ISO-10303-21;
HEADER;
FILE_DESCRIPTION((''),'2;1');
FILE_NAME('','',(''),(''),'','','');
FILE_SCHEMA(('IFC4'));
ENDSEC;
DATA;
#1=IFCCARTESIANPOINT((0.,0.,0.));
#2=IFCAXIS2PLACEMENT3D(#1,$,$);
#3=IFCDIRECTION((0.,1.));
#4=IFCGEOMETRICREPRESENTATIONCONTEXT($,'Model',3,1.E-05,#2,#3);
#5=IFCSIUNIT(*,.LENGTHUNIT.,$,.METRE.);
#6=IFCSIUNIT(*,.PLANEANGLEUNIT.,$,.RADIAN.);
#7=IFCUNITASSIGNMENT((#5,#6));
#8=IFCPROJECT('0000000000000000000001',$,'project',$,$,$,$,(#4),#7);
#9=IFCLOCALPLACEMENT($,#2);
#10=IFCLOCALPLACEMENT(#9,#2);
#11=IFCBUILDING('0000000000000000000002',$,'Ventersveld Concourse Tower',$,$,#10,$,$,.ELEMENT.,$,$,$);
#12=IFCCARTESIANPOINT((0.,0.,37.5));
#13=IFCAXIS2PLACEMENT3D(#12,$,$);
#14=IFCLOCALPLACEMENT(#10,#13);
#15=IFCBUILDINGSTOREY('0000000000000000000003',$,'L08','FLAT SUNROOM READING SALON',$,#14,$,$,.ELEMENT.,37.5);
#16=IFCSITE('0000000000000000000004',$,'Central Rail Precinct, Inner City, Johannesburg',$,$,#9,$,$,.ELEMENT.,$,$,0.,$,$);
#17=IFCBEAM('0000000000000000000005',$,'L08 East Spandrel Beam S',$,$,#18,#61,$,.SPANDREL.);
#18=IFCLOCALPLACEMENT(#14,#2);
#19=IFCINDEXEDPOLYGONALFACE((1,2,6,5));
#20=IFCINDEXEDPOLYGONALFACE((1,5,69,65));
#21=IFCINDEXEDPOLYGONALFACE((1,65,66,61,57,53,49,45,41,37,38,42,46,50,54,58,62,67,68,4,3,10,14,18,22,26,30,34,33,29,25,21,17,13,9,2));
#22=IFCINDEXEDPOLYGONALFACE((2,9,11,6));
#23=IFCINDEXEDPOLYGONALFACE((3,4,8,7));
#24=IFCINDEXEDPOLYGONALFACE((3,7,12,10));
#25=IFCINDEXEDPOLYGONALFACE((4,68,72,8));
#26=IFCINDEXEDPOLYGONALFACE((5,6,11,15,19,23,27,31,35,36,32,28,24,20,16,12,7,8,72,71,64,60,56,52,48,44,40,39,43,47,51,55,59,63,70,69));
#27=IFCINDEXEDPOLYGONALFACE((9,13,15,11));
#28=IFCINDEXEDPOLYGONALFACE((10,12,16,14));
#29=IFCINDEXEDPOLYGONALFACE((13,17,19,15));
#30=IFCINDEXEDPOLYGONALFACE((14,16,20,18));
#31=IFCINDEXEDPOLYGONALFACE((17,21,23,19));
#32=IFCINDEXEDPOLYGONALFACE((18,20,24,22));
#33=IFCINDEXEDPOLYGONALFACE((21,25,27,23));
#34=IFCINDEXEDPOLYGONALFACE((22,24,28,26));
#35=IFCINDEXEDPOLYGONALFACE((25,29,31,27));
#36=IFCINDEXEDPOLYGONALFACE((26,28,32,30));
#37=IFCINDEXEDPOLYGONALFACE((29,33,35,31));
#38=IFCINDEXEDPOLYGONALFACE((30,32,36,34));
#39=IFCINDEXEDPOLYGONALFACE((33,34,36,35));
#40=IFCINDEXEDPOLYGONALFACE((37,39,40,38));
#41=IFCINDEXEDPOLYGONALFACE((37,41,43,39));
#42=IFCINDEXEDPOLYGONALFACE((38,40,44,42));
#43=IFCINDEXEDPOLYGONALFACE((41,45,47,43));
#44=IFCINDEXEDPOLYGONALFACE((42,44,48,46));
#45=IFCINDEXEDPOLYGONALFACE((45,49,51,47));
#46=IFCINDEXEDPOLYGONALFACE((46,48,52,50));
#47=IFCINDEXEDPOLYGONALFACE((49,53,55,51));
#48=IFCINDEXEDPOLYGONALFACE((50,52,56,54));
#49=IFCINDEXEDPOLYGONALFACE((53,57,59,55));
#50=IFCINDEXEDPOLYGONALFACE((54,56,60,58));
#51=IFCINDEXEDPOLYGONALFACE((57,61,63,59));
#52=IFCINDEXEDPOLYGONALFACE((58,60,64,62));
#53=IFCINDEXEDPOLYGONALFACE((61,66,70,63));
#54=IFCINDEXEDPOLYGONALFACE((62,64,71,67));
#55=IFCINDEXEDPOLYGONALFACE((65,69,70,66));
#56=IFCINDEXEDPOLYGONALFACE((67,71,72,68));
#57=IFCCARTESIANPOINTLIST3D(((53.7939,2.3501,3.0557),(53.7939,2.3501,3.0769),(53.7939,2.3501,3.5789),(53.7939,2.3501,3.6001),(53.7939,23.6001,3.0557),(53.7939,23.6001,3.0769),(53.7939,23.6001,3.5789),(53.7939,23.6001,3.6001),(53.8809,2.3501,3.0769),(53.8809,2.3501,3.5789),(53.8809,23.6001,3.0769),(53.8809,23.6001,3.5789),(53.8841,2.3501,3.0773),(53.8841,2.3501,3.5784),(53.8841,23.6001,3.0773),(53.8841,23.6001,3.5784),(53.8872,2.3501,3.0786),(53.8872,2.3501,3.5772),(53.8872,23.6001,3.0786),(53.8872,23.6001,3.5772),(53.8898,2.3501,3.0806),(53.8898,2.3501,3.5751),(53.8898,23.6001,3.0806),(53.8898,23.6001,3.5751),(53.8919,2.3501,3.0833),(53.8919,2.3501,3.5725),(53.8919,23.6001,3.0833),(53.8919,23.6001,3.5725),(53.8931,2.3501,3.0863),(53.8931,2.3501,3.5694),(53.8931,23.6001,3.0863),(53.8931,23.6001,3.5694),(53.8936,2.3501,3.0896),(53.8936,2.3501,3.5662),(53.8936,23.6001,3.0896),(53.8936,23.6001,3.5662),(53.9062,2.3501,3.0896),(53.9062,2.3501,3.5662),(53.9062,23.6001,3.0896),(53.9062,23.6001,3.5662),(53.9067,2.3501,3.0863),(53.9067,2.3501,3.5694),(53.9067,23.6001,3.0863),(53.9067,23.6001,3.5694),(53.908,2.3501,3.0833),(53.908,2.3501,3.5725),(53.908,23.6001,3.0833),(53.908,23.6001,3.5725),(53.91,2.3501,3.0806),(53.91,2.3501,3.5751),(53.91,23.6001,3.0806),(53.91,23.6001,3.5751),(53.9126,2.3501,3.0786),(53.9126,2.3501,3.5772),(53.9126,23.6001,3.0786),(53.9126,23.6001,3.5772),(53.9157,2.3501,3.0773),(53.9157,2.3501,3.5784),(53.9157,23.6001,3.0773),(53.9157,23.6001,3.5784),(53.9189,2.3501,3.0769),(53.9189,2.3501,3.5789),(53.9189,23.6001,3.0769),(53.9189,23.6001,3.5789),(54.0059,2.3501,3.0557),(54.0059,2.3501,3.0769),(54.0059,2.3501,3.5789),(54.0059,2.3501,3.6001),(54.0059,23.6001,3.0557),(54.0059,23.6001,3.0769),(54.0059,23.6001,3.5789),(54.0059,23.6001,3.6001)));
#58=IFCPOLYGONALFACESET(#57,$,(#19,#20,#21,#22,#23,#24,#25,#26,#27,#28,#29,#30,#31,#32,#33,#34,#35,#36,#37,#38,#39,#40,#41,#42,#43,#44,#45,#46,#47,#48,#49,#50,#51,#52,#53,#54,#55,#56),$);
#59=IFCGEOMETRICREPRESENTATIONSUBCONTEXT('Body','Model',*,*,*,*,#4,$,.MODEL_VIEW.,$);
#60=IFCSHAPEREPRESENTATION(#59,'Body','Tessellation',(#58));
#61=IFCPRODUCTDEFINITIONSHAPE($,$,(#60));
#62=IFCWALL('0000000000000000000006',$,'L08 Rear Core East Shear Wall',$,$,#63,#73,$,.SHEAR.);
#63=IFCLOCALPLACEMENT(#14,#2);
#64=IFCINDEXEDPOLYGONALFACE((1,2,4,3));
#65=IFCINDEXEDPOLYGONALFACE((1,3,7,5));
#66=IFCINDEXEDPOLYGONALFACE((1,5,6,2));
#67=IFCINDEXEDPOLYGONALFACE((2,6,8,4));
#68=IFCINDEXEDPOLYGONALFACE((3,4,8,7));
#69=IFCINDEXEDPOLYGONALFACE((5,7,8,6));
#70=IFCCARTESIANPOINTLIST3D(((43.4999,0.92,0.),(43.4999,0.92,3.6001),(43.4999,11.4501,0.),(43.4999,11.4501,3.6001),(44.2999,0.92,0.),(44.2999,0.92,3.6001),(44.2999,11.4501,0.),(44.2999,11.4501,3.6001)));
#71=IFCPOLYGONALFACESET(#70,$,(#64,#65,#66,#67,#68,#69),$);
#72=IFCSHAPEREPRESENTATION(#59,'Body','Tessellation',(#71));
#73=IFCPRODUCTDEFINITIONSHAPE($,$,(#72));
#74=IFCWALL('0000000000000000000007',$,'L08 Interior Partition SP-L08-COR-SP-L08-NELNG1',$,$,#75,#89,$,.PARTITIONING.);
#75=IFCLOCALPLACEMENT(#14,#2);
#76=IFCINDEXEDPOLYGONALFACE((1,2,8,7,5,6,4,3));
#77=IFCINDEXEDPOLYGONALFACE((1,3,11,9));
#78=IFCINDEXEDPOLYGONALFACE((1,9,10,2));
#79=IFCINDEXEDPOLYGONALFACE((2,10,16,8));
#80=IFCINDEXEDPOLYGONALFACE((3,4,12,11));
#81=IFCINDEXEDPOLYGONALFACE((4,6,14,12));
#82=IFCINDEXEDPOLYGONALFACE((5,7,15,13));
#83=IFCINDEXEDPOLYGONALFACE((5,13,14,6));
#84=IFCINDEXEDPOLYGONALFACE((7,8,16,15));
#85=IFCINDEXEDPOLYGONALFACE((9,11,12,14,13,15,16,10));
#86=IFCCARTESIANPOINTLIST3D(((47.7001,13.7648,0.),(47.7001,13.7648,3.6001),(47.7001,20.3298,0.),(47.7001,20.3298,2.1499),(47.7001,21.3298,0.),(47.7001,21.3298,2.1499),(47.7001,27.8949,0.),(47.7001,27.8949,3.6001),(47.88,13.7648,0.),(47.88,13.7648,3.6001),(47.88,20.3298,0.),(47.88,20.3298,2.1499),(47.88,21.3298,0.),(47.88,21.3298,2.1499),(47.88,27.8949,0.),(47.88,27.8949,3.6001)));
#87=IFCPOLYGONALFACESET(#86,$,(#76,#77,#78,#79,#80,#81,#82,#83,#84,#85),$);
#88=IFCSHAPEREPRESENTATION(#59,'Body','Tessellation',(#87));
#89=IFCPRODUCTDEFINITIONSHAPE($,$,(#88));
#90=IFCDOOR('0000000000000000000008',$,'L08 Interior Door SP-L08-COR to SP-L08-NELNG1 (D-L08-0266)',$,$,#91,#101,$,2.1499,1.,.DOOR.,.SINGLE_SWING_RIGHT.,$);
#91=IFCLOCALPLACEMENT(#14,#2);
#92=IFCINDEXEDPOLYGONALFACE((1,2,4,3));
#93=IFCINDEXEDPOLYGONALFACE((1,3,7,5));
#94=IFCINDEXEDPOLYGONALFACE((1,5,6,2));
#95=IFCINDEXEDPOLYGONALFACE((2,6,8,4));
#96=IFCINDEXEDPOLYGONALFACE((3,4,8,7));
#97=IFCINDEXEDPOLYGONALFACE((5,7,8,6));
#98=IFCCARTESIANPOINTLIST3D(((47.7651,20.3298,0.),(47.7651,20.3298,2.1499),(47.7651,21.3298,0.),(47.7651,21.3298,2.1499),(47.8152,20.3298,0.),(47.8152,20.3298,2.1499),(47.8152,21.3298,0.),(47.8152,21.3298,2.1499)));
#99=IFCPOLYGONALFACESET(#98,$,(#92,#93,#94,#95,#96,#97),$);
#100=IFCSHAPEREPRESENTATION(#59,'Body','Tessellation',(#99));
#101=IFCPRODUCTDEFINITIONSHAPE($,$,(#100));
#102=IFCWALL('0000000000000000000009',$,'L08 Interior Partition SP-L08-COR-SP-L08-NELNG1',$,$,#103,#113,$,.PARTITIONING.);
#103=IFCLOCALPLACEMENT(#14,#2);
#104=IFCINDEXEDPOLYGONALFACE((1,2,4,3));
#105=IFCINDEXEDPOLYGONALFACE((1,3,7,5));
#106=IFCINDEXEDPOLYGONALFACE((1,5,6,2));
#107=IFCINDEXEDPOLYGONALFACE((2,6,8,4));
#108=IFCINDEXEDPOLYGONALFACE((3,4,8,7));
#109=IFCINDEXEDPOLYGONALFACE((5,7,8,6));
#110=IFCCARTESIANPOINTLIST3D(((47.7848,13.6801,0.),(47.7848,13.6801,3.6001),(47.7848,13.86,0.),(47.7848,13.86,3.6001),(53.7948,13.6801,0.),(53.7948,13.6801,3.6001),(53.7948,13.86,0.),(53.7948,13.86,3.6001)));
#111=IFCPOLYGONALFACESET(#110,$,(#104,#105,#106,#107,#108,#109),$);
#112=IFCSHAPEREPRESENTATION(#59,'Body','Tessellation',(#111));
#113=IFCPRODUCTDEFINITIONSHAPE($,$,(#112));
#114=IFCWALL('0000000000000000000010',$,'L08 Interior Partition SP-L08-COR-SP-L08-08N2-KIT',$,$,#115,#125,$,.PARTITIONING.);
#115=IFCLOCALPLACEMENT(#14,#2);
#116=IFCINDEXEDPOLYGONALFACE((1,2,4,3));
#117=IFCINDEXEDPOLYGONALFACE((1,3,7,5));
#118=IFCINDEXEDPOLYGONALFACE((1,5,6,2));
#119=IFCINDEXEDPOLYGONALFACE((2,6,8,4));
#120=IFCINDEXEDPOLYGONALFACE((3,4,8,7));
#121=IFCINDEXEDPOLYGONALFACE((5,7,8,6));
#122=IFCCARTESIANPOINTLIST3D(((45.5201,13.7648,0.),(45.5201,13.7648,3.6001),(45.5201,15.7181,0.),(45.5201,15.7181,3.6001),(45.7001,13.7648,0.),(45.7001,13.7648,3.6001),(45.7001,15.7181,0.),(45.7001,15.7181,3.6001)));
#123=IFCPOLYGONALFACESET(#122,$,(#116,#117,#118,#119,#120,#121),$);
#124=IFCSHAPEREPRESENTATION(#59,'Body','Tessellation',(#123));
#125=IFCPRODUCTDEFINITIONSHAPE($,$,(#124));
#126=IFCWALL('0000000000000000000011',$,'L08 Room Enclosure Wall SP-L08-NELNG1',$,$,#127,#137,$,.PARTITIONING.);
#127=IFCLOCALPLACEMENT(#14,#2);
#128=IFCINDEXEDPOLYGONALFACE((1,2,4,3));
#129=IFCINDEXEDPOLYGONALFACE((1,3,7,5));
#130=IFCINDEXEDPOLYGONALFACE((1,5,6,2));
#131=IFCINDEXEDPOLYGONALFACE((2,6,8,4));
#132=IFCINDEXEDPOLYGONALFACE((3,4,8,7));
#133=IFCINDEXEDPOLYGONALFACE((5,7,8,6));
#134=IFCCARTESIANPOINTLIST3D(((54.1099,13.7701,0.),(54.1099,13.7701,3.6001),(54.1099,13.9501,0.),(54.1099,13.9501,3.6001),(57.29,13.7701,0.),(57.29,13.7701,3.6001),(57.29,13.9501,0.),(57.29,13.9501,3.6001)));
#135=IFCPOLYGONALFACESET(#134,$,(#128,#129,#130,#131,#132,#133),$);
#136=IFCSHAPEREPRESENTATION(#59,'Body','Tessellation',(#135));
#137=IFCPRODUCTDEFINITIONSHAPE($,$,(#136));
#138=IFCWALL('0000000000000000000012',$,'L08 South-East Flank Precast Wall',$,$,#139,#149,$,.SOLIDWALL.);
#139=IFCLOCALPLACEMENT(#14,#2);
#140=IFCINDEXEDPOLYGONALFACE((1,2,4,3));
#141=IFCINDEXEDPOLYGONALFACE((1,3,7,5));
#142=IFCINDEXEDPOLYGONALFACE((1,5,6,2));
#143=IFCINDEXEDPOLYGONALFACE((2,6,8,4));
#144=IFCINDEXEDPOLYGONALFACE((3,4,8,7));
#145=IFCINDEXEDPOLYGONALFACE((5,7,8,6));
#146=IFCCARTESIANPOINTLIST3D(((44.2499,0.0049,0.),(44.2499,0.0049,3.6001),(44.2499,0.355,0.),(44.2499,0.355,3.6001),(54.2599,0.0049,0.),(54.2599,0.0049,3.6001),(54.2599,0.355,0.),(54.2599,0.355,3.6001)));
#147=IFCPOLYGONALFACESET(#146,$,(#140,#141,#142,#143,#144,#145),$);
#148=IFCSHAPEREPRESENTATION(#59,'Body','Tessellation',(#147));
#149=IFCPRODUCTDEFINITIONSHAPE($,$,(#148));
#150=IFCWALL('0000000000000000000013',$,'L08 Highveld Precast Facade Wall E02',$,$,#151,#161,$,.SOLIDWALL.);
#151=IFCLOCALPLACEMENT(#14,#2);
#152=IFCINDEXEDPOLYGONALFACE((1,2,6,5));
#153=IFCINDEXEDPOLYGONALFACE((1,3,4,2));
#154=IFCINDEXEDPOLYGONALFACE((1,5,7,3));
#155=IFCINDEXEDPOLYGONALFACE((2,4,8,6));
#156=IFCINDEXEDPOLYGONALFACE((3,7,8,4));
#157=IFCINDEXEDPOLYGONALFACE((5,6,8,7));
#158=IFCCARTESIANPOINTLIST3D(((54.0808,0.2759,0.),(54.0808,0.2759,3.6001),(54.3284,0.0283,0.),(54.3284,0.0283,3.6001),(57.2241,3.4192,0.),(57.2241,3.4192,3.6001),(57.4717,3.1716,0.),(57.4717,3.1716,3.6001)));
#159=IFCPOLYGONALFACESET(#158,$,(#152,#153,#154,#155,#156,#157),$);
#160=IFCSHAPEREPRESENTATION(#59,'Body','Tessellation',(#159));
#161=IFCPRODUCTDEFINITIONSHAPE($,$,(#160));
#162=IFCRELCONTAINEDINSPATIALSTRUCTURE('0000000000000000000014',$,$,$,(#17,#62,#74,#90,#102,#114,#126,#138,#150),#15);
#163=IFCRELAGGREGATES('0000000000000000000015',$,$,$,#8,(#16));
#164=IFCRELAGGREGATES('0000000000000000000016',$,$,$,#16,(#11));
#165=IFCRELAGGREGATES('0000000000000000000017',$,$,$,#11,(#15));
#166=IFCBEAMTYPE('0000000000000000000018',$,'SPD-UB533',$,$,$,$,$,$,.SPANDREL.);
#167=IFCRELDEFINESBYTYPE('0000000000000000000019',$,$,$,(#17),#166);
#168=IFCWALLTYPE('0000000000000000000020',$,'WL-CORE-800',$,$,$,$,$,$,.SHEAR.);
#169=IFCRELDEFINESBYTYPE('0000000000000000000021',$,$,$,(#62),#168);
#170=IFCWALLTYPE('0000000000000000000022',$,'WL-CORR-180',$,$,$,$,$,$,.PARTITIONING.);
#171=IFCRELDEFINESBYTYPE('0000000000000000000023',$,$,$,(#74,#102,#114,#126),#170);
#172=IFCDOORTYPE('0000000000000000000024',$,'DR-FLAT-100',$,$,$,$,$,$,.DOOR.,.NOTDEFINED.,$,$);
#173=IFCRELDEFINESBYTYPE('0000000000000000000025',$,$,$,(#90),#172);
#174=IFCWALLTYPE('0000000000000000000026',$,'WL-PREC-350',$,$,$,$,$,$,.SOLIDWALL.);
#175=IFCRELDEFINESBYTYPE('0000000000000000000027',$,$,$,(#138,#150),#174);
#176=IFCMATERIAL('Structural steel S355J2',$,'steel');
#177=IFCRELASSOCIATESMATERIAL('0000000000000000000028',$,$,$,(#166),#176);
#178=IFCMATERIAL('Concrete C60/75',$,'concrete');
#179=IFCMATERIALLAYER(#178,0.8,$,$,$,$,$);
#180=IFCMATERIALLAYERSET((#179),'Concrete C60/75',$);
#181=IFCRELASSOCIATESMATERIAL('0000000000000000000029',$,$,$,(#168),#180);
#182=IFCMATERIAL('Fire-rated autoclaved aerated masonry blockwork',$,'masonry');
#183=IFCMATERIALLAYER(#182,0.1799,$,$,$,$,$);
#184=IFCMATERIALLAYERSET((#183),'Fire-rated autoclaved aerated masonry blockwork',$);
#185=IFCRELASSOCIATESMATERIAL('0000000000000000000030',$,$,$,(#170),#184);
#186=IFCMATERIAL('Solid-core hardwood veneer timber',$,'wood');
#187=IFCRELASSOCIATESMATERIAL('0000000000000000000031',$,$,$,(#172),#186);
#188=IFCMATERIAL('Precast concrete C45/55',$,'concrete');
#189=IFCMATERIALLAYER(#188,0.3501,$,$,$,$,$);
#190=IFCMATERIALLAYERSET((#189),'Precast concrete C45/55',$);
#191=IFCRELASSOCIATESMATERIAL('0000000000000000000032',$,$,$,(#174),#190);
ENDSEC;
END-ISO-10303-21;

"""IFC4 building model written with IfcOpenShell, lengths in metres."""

from ifc_helpers import new_model, si_unit, direction, frame, frame_2d, origin, origin_2d, place, context, subcontext, project, spatial, rectangle, i_section, extrude, material, layer, layer_set, material_profile, profile_set, type_object, element, fill, save


model = new_model("IFC4")

# Units and contexts
model_context = context("Model", 3, precision=1e-05, world=origin(), true_north=direction((0.0, 1.0)))
body_context = subcontext(model_context, "Body", "Model", "MODEL_VIEW")
ifc_project = project(units=[si_unit("LENGTHUNIT", "METRE"), si_unit("PLANEANGLEUNIT", "RADIAN")], contexts=[model_context])

# Site, building, storey
site_placement = place(None, origin())
site = spatial("IfcSite", under=ifc_project, at=site_placement, Name="Central Rail Precinct, Inner City, Johannesburg", CompositionType="ELEMENT", RefElevation=0.0)
building_placement = place(site_placement, origin())
building = spatial("IfcBuilding", under=site, at=building_placement, Name="Ventersveld Concourse Tower", CompositionType="ELEMENT")
storey_placement = place(building_placement, frame((0.0, 0.0, 37.5)))
storey = spatial("IfcBuildingStorey", under=building, at=storey_placement, Name="L08", Description="FLAT SUNROOM READING SALON", CompositionType="ELEMENT", Elevation=37.5)

# Shared definitions
ifc_material_1 = material(Name="Structural steel S355J2", Category="steel")

# Beam
ifc_material_profile_1 = material_profile(ifc_material_1, i_section(OverallWidth=0.2119, OverallDepth=0.5444, WebThickness=0.0127, FlangeThickness=0.0212, FilletRadius=0.0127, at=origin_2d()), Name="UB 533x210x122")
ifc_profile_set_1 = profile_set([ifc_material_profile_1], Name="Structural steel S355J2")
beam_type_1 = type_object("IfcBeamType", Name="SPD-UB533", PredefinedType="SPANDREL", material=ifc_profile_set_1)
beam_1_placement = place(storey_placement, frame((53.8999, 2.3501, 3.3279), z_axis=(0.0, 1.0, 0.0), x_axis=(-1.0, 0.0, 0.0)))
element("IfcBeam", 1, at=beam_1_placement, inside=storey, type_object=beam_type_1, Name="L08 East Spandrel Beam S", PredefinedType="SPANDREL", context=body_context, shape_type="SweptSolid", body=[
    extrude(i_section(OverallWidth=0.2119, OverallDepth=0.5444, WebThickness=0.0127, FlangeThickness=0.0212, FilletRadius=0.0127, at=origin_2d()), origin(), (0.0, 0.0, 1.0), 21.25),
])

# Wall
ifc_material_2 = material(Name="Concrete C60/75", Category="concrete")
ifc_layer_1 = layer(ifc_material_2, 0.8)
ifc_layer_set_1 = layer_set([ifc_layer_1], Name="Concrete C60/75")
wall_type_1 = type_object("IfcWallType", Name="WL-CORE-800", PredefinedType="SHEAR", material=ifc_layer_set_1)
wall_1_placement = place(storey_placement, frame((43.8999, 0.9199, 0.0), z_axis=(0.0, 0.0, 1.0), x_axis=(0.0, 1.0, 0.0)))
element("IfcWall", 2, at=wall_1_placement, inside=storey, type_object=wall_type_1, Name="L08 Rear Core East Shear Wall", PredefinedType="SHEAR", context=body_context, shape_type="SweptSolid", body=[
    extrude(rectangle(XDim=10.53, YDim=0.8, at=frame_2d((5.2651, 0.0))), origin(), (0.0, 0.0, 1.0), 3.6001),
])

# Wall, opening, door
ifc_material_3 = material(Name="Fire-rated autoclaved aerated masonry blockwork", Category="masonry")
ifc_layer_2 = layer(ifc_material_3, 0.1799)
ifc_layer_set_2 = layer_set([ifc_layer_2], Name="Fire-rated autoclaved aerated masonry blockwork")
wall_type_2 = type_object("IfcWallType", Name="WL-CORR-180", PredefinedType="PARTITIONING", material=ifc_layer_set_2)
wall_2_placement = place(storey_placement, frame((47.79, 13.7649, 0.0), z_axis=(0.0, 0.0, 1.0), x_axis=(0.0, 1.0, 0.0)))
wall_2 = element("IfcWall", 3, at=wall_2_placement, inside=storey, type_object=wall_type_2, Name="L08 Interior Partition SP-L08-COR-SP-L08-NELNG1", PredefinedType="PARTITIONING", context=body_context, shape_type="SweptSolid", body=[
    extrude(rectangle(XDim=14.1301, YDim=0.1799, at=frame_2d((7.0649, 0.0))), origin(), (0.0, 0.0, 1.0), 3.6001),
])
opening_1_placement = place(wall_2_placement, frame((6.5649, 0.0, 0.0)))
opening_1 = element("IfcOpeningElement", 4, at=opening_1_placement, cuts=wall_2, PredefinedType="OPENING", context=body_context, shape_type="SweptSolid", body=[
    extrude(rectangle(XDim=1.0, YDim=2.1499, at=frame_2d((0.5, 1.075))), frame((0.0, 0.1001, 0.0), z_axis=(0.0, -1.0, 0.0), x_axis=(1.0, 0.0, 0.0)), (0.0, 0.0, 1.0), 0.2),
])
ifc_material_4 = material(Name="Solid-core hardwood veneer timber", Category="wood")
door_type = type_object("IfcDoorType", Name="DR-FLAT-100", OperationType="NOTDEFINED", PredefinedType="DOOR", material=ifc_material_4)
door_placement = place(opening_1_placement, origin())
door = element("IfcDoor", 5, at=door_placement, inside=storey, type_object=door_type, Name="L08 Interior Door SP-L08-COR to SP-L08-NELNG1 (D-L08-0266)", OperationType="SINGLE_SWING_RIGHT", OverallHeight=2.1499, OverallWidth=1.0, PredefinedType="DOOR", context=body_context, shape_type="SweptSolid", body=[
    extrude(rectangle(XDim=1.0, YDim=2.1499, at=frame_2d((0.5, 1.075))), frame((0.0, 0.0249, 0.0), z_axis=(0.0, -1.0, 0.0), x_axis=(1.0, 0.0, 0.0)), (0.0, 0.0, 1.0), 0.05),
])
fill(opening_1, door)

# Walls
wall_3_placement = place(storey_placement, frame((47.7849, 13.77, 0.0), z_axis=(0.0, 0.0, 1.0), x_axis=(1.0, 0.0, 0.0)))
element("IfcWall", 6, at=wall_3_placement, inside=storey, type_object=wall_type_2, Name="L08 Interior Partition SP-L08-COR-SP-L08-NELNG1", PredefinedType="PARTITIONING", context=body_context, shape_type="SweptSolid", body=[
    extrude(rectangle(XDim=6.01, YDim=0.1799, at=frame_2d((3.0049, 0.0))), origin(), (0.0, 0.0, 1.0), 3.6001),
])
wall_4_placement = place(storey_placement, frame((45.6101, 13.7649, 0.0), z_axis=(0.0, 0.0, 1.0), x_axis=(0.0, 1.0, 0.0)))
element("IfcWall", 7, at=wall_4_placement, inside=storey, type_object=wall_type_2, Name="L08 Interior Partition SP-L08-COR-SP-L08-08N2-KIT", PredefinedType="PARTITIONING", context=body_context, shape_type="SweptSolid", body=[
    extrude(rectangle(XDim=1.9534, YDim=0.1799, at=frame_2d((0.9766, 0.0))), origin(), (0.0, 0.0, 1.0), 3.6001),
])
wall_5_placement = place(storey_placement, frame((57.29, 13.8601, 0.0), z_axis=(0.0, 0.0, 1.0), x_axis=(-1.0, 0.0, 0.0)))
element("IfcWall", 8, at=wall_5_placement, inside=storey, type_object=wall_type_2, Name="L08 Room Enclosure Wall SP-L08-NELNG1", PredefinedType="PARTITIONING", context=body_context, shape_type="SweptSolid", body=[
    extrude(rectangle(XDim=3.1802, YDim=0.1799, at=frame_2d((1.5901, 0.0))), origin(), (0.0, 0.0, 1.0), 3.6001),
])
ifc_material_5 = material(Name="Precast concrete C45/55", Category="concrete")
ifc_layer_3 = layer(ifc_material_5, 0.3501)
ifc_layer_set_3 = layer_set([ifc_layer_3], Name="Precast concrete C45/55")
wall_type_3 = type_object("IfcWallType", Name="WL-PREC-350", PredefinedType="SOLIDWALL", material=ifc_layer_set_3)
wall_6_placement = place(storey_placement, frame((44.25, 0.1799, 0.0), z_axis=(0.0, 0.0, 1.0), x_axis=(1.0, 0.0, 0.0)))
element("IfcWall", 9, at=wall_6_placement, inside=storey, type_object=wall_type_3, Name="L08 South-East Flank Precast Wall", PredefinedType="SOLIDWALL", context=body_context, shape_type="SweptSolid", body=[
    extrude(rectangle(XDim=10.01, YDim=0.3501, at=frame_2d((5.0049, 0.0))), origin(), (0.0, 0.0, 1.0), 3.6001),
])
wall_7_placement = place(storey_placement, frame((54.2046, 0.1521, 0.0), z_axis=(0.0, 0.0, 1.0), x_axis=(0.707107, 0.707107, 0.0)))
element("IfcWall", 10, at=wall_7_placement, inside=storey, type_object=wall_type_3, Name="L08 Highveld Precast Facade Wall E02", PredefinedType="SOLIDWALL", context=body_context, shape_type="SweptSolid", body=[
    extrude(rectangle(XDim=4.4453, YDim=0.3501, at=frame_2d((2.2227, 0.0))), origin(), (0.0, 0.0, 1.0), 3.6001),
])

save(model, "model.ifc")
